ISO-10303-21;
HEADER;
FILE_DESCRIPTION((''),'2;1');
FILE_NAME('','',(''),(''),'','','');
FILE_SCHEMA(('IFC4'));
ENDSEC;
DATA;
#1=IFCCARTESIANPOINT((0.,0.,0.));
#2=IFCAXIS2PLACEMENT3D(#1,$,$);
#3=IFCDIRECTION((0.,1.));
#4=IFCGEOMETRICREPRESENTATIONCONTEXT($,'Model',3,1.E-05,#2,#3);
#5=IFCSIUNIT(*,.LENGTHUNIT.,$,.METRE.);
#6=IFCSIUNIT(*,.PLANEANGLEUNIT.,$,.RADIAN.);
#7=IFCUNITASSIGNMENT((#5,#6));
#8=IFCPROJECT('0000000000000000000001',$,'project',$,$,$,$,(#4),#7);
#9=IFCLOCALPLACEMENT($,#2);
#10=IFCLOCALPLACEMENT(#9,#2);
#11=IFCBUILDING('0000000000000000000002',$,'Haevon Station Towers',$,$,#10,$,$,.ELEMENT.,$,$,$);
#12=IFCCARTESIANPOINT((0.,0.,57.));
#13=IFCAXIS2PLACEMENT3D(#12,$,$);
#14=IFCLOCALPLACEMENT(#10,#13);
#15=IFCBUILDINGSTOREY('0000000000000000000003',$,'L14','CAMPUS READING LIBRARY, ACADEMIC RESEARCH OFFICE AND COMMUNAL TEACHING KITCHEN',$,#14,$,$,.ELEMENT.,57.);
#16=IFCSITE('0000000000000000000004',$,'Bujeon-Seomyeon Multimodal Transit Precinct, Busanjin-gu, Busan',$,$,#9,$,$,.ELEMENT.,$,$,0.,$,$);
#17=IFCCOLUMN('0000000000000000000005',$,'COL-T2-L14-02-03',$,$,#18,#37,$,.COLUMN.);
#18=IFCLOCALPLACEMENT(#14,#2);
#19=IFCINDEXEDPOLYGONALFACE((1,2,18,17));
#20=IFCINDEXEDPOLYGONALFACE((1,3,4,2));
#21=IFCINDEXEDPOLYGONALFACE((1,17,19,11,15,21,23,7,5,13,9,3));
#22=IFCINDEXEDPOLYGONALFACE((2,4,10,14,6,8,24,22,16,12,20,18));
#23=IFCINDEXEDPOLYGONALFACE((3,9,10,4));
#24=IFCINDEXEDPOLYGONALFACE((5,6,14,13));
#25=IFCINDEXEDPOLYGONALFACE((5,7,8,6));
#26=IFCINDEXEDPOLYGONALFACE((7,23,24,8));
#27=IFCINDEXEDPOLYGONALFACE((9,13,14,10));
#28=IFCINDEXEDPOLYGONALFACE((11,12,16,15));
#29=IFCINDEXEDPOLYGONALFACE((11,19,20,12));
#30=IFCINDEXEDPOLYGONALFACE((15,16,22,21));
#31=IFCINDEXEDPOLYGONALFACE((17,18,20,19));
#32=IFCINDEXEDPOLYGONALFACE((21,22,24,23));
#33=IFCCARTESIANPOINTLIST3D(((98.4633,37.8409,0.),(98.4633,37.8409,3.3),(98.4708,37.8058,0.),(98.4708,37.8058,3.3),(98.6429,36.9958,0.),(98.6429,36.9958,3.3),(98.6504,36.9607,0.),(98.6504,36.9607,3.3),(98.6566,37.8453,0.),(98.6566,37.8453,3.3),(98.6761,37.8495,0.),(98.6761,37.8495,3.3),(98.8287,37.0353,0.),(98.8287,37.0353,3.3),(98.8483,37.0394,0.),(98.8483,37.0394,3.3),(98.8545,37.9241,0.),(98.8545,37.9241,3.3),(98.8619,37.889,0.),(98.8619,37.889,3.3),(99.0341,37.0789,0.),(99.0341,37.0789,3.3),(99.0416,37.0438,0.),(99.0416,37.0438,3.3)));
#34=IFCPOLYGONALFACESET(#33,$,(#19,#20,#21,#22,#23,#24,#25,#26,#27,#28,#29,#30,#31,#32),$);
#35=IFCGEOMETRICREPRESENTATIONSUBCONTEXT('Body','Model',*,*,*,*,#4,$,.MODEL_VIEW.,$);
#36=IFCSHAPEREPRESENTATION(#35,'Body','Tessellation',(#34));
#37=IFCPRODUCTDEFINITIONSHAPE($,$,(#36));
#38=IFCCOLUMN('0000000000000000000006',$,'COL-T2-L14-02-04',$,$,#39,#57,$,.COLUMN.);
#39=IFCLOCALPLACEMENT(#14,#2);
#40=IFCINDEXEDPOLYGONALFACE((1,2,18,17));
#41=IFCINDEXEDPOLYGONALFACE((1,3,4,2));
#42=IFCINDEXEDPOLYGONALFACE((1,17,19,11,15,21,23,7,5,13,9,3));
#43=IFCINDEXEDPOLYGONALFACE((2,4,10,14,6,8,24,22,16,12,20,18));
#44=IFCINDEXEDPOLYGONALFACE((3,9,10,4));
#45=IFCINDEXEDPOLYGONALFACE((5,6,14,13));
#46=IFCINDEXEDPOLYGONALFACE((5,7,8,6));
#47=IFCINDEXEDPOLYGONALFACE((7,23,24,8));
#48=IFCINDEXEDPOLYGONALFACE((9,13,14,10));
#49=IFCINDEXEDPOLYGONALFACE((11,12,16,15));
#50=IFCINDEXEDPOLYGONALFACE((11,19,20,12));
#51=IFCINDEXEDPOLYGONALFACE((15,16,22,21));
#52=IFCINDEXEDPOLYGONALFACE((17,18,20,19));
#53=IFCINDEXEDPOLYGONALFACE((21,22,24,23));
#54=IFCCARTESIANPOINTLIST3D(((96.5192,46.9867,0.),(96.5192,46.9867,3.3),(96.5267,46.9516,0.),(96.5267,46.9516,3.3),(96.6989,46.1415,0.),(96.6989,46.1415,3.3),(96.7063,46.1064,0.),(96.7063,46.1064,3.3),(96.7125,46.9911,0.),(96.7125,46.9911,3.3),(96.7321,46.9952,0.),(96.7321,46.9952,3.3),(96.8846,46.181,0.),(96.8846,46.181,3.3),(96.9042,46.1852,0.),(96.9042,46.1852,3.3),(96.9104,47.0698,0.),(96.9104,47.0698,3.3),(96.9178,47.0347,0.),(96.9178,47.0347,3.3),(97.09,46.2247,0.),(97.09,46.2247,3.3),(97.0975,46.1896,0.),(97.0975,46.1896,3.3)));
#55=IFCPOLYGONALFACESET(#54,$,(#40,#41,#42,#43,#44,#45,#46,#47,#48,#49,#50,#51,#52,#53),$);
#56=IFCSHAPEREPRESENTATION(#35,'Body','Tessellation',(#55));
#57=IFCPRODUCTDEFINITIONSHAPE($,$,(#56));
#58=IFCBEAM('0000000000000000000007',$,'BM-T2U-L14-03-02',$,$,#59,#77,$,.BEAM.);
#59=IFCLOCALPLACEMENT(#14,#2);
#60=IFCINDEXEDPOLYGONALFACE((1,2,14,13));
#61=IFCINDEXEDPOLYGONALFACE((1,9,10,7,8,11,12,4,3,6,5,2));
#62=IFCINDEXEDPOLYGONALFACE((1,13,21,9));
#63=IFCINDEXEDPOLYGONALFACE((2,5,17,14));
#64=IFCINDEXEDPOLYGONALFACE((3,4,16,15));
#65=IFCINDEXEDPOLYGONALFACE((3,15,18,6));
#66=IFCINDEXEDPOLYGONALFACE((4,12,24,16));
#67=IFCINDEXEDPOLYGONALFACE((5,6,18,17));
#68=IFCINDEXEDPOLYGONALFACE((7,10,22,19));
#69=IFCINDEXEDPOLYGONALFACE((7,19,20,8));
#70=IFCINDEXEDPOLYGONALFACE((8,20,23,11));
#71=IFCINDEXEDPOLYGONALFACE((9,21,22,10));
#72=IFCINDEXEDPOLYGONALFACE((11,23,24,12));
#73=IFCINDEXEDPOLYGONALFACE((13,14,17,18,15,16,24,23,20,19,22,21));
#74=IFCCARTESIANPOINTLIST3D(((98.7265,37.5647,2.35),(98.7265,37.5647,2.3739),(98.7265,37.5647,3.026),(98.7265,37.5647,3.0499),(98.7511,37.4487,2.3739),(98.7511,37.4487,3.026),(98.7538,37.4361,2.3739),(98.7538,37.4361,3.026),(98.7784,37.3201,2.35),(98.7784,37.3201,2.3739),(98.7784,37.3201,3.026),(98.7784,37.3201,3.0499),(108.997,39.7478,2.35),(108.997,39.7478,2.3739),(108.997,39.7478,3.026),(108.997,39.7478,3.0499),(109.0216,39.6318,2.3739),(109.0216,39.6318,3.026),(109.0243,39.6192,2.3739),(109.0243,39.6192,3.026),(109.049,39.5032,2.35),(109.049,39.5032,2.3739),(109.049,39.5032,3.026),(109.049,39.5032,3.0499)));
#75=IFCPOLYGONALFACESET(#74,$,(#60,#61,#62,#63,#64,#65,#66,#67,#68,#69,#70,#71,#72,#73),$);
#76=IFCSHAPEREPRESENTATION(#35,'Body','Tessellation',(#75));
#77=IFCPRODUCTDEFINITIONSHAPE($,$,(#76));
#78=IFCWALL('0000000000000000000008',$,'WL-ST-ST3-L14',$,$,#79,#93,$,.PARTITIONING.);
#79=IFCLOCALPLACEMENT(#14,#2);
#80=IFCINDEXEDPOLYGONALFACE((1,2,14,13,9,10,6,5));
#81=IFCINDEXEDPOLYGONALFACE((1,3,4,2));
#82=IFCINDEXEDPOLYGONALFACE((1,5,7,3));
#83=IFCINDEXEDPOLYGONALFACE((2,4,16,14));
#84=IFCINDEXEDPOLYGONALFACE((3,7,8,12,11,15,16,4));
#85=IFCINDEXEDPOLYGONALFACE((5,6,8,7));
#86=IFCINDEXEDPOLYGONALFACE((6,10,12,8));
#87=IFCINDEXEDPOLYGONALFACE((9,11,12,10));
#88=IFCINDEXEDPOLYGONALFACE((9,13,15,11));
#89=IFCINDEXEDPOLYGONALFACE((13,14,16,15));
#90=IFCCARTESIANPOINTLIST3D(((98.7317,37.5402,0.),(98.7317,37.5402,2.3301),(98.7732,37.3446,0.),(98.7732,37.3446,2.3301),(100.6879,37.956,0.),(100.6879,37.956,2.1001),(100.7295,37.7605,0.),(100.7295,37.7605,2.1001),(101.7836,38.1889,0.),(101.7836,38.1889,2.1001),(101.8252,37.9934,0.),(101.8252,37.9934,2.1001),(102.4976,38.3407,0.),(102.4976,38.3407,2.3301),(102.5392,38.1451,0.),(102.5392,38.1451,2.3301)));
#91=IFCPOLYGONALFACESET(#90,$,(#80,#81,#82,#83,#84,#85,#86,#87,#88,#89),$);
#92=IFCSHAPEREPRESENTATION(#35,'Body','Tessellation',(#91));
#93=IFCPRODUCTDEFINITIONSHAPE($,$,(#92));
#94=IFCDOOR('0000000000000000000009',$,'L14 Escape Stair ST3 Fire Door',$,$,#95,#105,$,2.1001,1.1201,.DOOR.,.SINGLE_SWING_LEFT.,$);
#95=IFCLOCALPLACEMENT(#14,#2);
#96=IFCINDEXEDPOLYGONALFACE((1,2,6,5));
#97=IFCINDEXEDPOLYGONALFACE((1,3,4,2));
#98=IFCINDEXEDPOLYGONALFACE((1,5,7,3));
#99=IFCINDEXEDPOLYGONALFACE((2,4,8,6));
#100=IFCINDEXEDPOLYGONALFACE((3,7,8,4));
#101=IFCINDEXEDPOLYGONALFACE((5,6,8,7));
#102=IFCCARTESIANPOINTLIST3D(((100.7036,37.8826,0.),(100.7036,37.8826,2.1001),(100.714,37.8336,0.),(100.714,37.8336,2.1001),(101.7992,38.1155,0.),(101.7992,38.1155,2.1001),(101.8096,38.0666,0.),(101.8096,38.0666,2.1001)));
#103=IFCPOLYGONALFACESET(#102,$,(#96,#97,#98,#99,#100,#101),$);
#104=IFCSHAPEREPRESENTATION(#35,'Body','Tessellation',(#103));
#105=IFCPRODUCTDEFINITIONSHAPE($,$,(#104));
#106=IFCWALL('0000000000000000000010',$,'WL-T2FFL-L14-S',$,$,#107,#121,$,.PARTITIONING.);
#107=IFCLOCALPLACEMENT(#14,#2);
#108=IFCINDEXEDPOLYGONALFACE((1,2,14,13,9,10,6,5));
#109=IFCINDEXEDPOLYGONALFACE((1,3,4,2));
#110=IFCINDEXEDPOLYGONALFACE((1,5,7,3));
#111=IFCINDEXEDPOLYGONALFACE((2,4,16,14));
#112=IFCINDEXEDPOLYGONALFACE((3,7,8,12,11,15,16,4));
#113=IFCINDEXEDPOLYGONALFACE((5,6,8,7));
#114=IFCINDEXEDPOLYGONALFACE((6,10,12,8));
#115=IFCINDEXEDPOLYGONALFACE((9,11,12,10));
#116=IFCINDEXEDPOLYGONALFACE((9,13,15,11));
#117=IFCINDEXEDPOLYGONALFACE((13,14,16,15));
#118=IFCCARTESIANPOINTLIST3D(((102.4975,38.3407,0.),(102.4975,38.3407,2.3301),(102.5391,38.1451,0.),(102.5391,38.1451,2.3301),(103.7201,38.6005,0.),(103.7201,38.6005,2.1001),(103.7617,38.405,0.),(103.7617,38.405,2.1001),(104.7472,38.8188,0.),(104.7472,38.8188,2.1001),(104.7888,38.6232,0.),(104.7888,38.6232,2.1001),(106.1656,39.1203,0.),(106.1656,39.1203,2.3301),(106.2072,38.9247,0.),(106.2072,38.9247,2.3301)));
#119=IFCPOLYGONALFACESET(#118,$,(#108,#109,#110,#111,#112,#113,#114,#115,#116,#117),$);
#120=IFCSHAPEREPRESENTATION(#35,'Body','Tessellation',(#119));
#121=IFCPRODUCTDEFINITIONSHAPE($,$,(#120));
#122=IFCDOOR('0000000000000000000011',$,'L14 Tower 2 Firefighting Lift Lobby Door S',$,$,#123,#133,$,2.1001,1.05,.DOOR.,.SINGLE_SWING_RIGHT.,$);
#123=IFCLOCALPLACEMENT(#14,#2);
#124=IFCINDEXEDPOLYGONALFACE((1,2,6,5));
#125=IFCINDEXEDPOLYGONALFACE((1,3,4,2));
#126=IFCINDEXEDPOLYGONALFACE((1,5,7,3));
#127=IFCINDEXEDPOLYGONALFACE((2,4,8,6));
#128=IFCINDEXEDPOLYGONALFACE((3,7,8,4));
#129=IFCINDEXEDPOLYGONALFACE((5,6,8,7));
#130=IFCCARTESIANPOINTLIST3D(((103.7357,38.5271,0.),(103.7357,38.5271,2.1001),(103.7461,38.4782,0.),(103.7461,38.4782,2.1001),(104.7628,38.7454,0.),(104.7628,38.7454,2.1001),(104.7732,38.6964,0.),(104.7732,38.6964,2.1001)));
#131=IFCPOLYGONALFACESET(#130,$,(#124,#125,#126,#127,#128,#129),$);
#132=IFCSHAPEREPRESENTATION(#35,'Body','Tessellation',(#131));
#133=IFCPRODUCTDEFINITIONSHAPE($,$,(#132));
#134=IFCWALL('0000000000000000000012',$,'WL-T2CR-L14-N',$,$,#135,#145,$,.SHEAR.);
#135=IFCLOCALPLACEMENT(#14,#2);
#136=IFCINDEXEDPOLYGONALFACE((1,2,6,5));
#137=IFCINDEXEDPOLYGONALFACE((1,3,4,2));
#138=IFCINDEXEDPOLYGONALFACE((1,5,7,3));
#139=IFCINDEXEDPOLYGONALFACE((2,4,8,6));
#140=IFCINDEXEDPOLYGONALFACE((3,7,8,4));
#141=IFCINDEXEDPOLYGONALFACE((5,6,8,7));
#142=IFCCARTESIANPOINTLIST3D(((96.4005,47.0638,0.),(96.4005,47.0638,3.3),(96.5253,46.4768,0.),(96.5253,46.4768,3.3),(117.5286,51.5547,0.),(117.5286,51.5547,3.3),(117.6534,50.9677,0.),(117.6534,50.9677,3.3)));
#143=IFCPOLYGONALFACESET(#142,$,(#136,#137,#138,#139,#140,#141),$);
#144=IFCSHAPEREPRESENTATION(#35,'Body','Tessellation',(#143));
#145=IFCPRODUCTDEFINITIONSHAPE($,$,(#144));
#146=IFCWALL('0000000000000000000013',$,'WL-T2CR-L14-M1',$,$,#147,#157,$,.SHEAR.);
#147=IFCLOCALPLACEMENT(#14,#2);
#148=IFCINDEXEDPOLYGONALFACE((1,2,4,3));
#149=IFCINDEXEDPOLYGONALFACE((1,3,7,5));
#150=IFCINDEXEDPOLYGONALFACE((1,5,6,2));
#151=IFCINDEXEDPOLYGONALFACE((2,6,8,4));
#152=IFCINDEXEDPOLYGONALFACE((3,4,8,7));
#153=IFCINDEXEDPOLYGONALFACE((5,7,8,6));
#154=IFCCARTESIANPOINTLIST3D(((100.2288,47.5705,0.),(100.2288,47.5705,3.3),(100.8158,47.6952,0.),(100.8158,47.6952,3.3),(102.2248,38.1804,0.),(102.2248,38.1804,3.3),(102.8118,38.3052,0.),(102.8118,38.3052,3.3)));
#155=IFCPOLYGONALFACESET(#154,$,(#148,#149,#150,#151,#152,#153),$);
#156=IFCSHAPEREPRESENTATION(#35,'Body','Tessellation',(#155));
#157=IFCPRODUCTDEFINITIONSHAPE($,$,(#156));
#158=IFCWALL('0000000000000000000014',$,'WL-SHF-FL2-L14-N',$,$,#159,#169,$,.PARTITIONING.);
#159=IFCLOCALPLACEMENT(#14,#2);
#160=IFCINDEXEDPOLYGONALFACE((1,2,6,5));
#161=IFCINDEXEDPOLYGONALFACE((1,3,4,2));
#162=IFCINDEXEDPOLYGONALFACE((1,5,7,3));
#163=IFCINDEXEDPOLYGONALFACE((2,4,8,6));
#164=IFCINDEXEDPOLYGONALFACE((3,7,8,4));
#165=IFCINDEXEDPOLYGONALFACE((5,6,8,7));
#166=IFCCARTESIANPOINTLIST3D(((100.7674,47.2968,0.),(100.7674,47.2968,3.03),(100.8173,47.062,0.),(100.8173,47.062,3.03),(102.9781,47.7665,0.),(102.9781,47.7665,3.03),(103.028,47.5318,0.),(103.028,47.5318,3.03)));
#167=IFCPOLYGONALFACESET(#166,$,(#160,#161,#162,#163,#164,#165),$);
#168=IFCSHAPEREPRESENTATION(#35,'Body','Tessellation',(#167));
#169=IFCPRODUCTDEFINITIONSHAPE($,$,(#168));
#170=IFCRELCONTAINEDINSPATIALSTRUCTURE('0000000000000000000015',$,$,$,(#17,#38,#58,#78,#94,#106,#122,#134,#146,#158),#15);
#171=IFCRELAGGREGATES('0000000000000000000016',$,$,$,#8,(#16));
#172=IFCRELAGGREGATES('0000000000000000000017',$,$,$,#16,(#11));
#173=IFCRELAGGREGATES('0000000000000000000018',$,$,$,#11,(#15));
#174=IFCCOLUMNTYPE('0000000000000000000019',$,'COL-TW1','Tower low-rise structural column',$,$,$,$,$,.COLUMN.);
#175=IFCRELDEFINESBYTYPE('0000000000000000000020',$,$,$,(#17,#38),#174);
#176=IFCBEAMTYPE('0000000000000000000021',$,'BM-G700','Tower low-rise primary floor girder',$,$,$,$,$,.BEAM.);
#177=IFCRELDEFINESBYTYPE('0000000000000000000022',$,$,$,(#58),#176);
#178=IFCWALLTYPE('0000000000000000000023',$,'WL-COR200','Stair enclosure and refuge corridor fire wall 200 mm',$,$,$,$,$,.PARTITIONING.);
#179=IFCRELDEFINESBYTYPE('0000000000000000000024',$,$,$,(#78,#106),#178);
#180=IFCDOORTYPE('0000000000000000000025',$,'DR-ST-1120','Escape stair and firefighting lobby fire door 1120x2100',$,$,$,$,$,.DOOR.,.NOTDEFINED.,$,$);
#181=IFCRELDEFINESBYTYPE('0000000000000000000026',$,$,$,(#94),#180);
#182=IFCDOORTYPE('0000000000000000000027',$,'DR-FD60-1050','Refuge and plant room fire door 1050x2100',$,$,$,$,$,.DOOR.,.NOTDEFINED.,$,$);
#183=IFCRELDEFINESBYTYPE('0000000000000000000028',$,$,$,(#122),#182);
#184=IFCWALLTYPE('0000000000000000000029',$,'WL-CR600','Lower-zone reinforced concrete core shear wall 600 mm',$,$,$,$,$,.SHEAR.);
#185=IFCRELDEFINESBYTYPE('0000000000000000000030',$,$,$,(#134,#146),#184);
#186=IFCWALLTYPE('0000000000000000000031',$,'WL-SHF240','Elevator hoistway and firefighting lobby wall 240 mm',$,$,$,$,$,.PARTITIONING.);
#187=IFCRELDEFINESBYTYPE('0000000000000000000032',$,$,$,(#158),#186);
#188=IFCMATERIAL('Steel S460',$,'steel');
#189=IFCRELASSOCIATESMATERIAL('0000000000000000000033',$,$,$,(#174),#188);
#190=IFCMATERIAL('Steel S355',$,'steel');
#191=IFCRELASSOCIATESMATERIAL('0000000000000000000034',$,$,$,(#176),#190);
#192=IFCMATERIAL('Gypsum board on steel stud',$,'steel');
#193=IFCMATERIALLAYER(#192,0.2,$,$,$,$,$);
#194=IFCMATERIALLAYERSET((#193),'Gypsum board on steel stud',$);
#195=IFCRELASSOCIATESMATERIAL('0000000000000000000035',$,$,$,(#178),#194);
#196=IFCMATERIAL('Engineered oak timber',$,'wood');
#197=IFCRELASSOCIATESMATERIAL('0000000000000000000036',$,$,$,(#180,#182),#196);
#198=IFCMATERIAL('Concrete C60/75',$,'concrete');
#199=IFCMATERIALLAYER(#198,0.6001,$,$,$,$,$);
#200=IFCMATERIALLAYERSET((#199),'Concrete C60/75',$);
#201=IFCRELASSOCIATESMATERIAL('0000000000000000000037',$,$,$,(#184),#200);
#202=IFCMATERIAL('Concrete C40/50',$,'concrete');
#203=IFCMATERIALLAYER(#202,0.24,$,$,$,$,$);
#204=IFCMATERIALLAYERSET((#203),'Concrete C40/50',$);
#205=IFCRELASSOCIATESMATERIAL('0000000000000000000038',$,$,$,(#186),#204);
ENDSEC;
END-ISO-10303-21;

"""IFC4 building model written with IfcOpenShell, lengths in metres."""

from ifc_helpers import new_model, si_unit, direction, frame, frame_2d, origin, origin_2d, place, context, subcontext, project, spatial, rectangle, i_section, extrude, material, layer, layer_set, material_profile, profile_set, type_object, element, fill, save


model = new_model("IFC4")

# Units and contexts
model_context = context("Model", 3, precision=1e-05, world=origin(), true_north=direction((0.0, 1.0)))
body_context = subcontext(model_context, "Body", "Model", "MODEL_VIEW")
ifc_project = project(units=[si_unit("LENGTHUNIT", "METRE"), si_unit("PLANEANGLEUNIT", "RADIAN")], contexts=[model_context])

# Site, building, storey
site_placement = place(None, origin())
site = spatial("IfcSite", under=ifc_project, at=site_placement, Name="Bujeon-Seomyeon Multimodal Transit Precinct, Busanjin-gu, Busan", CompositionType="ELEMENT", RefElevation=0.0)
building_placement = place(site_placement, origin())
building = spatial("IfcBuilding", under=site, at=building_placement, Name="Haevon Station Towers", CompositionType="ELEMENT")
storey_placement = place(building_placement, frame((0.0, 0.0, 57.0)))
storey = spatial("IfcBuildingStorey", under=building, at=storey_placement, Name="L14", Description="CAMPUS READING LIBRARY, ACADEMIC RESEARCH OFFICE AND COMMUNAL TEACHING KITCHEN", CompositionType="ELEMENT", Elevation=57.0)

# Columns
ifc_material_1 = material(Name="Steel S460", Category="steel")
ifc_material_profile_1 = material_profile(ifc_material_1, i_section(OverallWidth=0.3999, OverallDepth=0.8999, WebThickness=0.02, FlangeThickness=0.0359, at=origin_2d()), Name="H-900x400x20x36")
ifc_profile_set_1 = profile_set([ifc_material_profile_1], Name="Steel S460")
column_type = type_object("IfcColumnType", Name="COL-TW1", Description="Tower low-rise structural column", PredefinedType="COLUMN", material=ifc_profile_set_1)
for number, where, z_axis, x_axis, name in (
    (1, (98.7524, 37.4424, 0.0), (0.0, 0.0, 1.0), (0.978148, 0.207912, 0.0), "COL-T2-L14-02-03"),
    (2, (96.8083, 46.5881, 0.0), (0.0, 0.0, 1.0), (0.978148, 0.207912, 0.0), "COL-T2-L14-02-04"),
):
    element("IfcColumn", number, at=place(storey_placement, frame(where, z_axis=z_axis, x_axis=x_axis)), inside=storey, type_object=column_type, Name=name, PredefinedType="COLUMN", context=body_context, shape_type="SweptSolid", body=[
        extrude(i_section(OverallWidth=0.3999, OverallDepth=0.8999, WebThickness=0.02, FlangeThickness=0.0359, at=origin_2d()), origin(), (0.0, 0.0, 1.0), 3.3),
    ])

# Beam
ifc_material_2 = material(Name="Steel S355", Category="steel")
ifc_material_profile_2 = material_profile(ifc_material_2, i_section(OverallWidth=0.25, OverallDepth=0.7, WebThickness=0.0129, FlangeThickness=0.0239, at=origin_2d()), Name="H-700x250x13x24")
ifc_profile_set_2 = profile_set([ifc_material_profile_2], Name="Steel S355")
beam_type = type_object("IfcBeamType", Name="BM-G700", Description="Tower low-rise primary floor girder", PredefinedType="BEAM", material=ifc_profile_set_2)
beam_placement = place(storey_placement, frame((98.7524, 37.4424, 2.7), z_axis=(0.978147, 0.207915, 0.0), x_axis=(-0.207915, 0.978147, 0.0)))
element("IfcBeam", 3, at=beam_placement, inside=storey, type_object=beam_type, Name="BM-T2U-L14-03-02", PredefinedType="BEAM", context=body_context, shape_type="SweptSolid", body=[
    extrude(i_section(OverallWidth=0.25, OverallDepth=0.7, WebThickness=0.0129, FlangeThickness=0.0239, at=origin_2d()), origin(), (0.0, 0.0, 1.0), 10.5),
])

# Walls, openings, doors
ifc_material_3 = material(Name="Gypsum board on steel stud", Category="steel")
ifc_layer_1 = layer(ifc_material_3, 0.2)
ifc_layer_set_1 = layer_set([ifc_layer_1], Name="Gypsum board on steel stud")
wall_type_1 = type_object("IfcWallType", Name="WL-COR200", Description="Stair enclosure and refuge corridor fire wall 200 mm", PredefinedType="PARTITIONING", material=ifc_layer_set_1)
wall_1_placement = place(storey_placement, frame((98.7524, 37.4424, 0.0), z_axis=(0.0, 0.0, 1.0), x_axis=(0.978144, 0.207931, 0.0)))
wall_1 = element("IfcWall", 4, at=wall_1_placement, inside=storey, type_object=wall_type_1, Name="WL-ST-ST3-L14", PredefinedType="PARTITIONING", context=body_context, shape_type="SweptSolid", body=[
    extrude(rectangle(XDim=3.8501, YDim=0.2, at=frame_2d((1.925, 0.0))), origin(), (0.0, 0.0, 1.0), 2.3301),
])
opening_1_placement = place(wall_1_placement, frame((2.0, 0.0, 0.0)))
opening_1 = element("IfcOpeningElement", 5, at=opening_1_placement, cuts=wall_1, PredefinedType="OPENING", context=body_context, shape_type="SweptSolid", body=[
    extrude(rectangle(XDim=1.1201, YDim=2.1001, at=frame_2d((0.5601, 1.05))), frame((0.0, 0.1099, 0.0), z_axis=(0.0, -1.0, 0.0), x_axis=(1.0, 0.0, 0.0)), (0.0, 0.0, 1.0), 0.22),
])
ifc_material_4 = material(Name="Engineered oak timber", Category="wood")
door_type_1 = type_object("IfcDoorType", Name="DR-ST-1120", Description="Escape stair and firefighting lobby fire door 1120x2100", OperationType="NOTDEFINED", PredefinedType="DOOR", material=ifc_material_4)
door_1_placement = place(opening_1_placement, origin())
door_1 = element("IfcDoor", 6, at=door_1_placement, inside=storey, type_object=door_type_1, Name="L14 Escape Stair ST3 Fire Door", OperationType="SINGLE_SWING_LEFT", OverallHeight=2.1001, OverallWidth=1.1201, PredefinedType="DOOR", context=body_context, shape_type="SweptSolid", body=[
    extrude(rectangle(XDim=1.1201, YDim=2.1001, at=frame_2d((0.5601, 1.05))), frame((0.0, 0.0249, 0.0), z_axis=(0.0, -1.0, 0.0), x_axis=(1.0, 0.0, 0.0)), (0.0, 0.0, 1.0), 0.05),
])
fill(opening_1, door_1)
wall_2_placement = place(storey_placement, frame((102.5183, 38.2429, 0.0), z_axis=(0.0, 0.0, 1.0), x_axis=(0.978154, 0.207884, 0.0)))
wall_2 = element("IfcWall", 7, at=wall_2_placement, inside=storey, type_object=wall_type_1, Name="WL-T2FFL-L14-S", PredefinedType="PARTITIONING", context=body_context, shape_type="SweptSolid", body=[
    extrude(rectangle(XDim=3.75, YDim=0.2, at=frame_2d((1.875, 0.0))), origin(), (0.0, 0.0, 1.0), 2.3301),
])
opening_2_placement = place(wall_2_placement, frame((1.25, 0.0, 0.0)))
opening_2 = element("IfcOpeningElement", 8, at=opening_2_placement, cuts=wall_2, PredefinedType="OPENING", context=body_context, shape_type="SweptSolid", body=[
    extrude(rectangle(XDim=1.05, YDim=2.1001, at=frame_2d((0.5249, 1.05))), frame((0.0, 0.1099, 0.0), z_axis=(0.0, -1.0, 0.0), x_axis=(1.0, 0.0, 0.0)), (0.0, 0.0, 1.0), 0.22),
])
door_type_2 = type_object("IfcDoorType", Name="DR-FD60-1050", Description="Refuge and plant room fire door 1050x2100", OperationType="NOTDEFINED", PredefinedType="DOOR", material=ifc_material_4)
door_2_placement = place(opening_2_placement, origin())
door_2 = element("IfcDoor", 9, at=door_2_placement, inside=storey, type_object=door_type_2, Name="L14 Tower 2 Firefighting Lift Lobby Door S", OperationType="SINGLE_SWING_RIGHT", OverallHeight=2.1001, OverallWidth=1.05, PredefinedType="DOOR", context=body_context, shape_type="SweptSolid", body=[
    extrude(rectangle(XDim=1.05, YDim=2.1001, at=frame_2d((0.5249, 1.05))), frame((0.0, 0.0249, 0.0), z_axis=(0.0, -1.0, 0.0), x_axis=(1.0, 0.0, 0.0)), (0.0, 0.0, 1.0), 0.05),
])
fill(opening_2, door_2)

# Walls
ifc_material_5 = material(Name="Concrete C60/75", Category="concrete")
ifc_layer_2 = layer(ifc_material_5, 0.6001)
ifc_layer_set_2 = layer_set([ifc_layer_2], Name="Concrete C60/75")
wall_type_2 = type_object("IfcWallType", Name="WL-CR600", Description="Lower-zone reinforced concrete core shear wall 600 mm", PredefinedType="SHEAR", material=ifc_layer_set_2)
wall_3_placement = place(storey_placement, frame((96.4629, 46.7703, 0.0), z_axis=(0.0, 0.0, 1.0), x_axis=(0.978147, 0.207913, 0.0)))
element("IfcWall", 10, at=wall_3_placement, inside=storey, type_object=wall_type_2, Name="WL-T2CR-L14-N", PredefinedType="SHEAR", context=body_context, shape_type="SweptSolid", body=[
    extrude(rectangle(XDim=21.6001, YDim=0.6001, at=frame_2d((10.8, 0.0))), origin(), (0.0, 0.0, 1.0), 3.3),
])
wall_4_placement = place(storey_placement, frame((102.5183, 38.2429, 0.0), z_axis=(0.0, 0.0, 1.0), x_axis=(-0.207927, 0.978144, 0.0)))
element("IfcWall", 11, at=wall_4_placement, inside=storey, type_object=wall_type_2, Name="WL-T2CR-L14-M1", PredefinedType="SHEAR", context=body_context, shape_type="SweptSolid", body=[
    extrude(rectangle(XDim=9.5999, YDim=0.6001, at=frame_2d((4.7998, 0.0))), origin(), (0.0, 0.0, 1.0), 3.3),
])

# Shared definitions
ifc_material_6 = material(Name="Concrete C40/50", Category="concrete")
ifc_layer_3 = layer(ifc_material_6, 0.24)
ifc_layer_set_3 = layer_set([ifc_layer_3], Name="Concrete C40/50")
wall_type_3 = type_object("IfcWallType", Name="WL-SHF240", Description="Elevator hoistway and firefighting lobby wall 240 mm", PredefinedType="PARTITIONING", material=ifc_layer_set_3)

# Wall
wall_5_placement = place(storey_placement, frame((100.7925, 47.1794, 0.0), z_axis=(0.0, 0.0, 1.0), x_axis=(0.978163, 0.207839, 0.0)))
element("IfcWall", 12, at=wall_5_placement, inside=storey, type_object=wall_type_3, Name="WL-SHF-FL2-L14-N", PredefinedType="PARTITIONING", context=body_context, shape_type="SweptSolid", body=[
    extrude(rectangle(XDim=2.26, YDim=0.24, at=frame_2d((1.1299, 0.0))), origin(), (0.0, 0.0, 1.0), 3.03),
])

save(model, "model.ifc")
